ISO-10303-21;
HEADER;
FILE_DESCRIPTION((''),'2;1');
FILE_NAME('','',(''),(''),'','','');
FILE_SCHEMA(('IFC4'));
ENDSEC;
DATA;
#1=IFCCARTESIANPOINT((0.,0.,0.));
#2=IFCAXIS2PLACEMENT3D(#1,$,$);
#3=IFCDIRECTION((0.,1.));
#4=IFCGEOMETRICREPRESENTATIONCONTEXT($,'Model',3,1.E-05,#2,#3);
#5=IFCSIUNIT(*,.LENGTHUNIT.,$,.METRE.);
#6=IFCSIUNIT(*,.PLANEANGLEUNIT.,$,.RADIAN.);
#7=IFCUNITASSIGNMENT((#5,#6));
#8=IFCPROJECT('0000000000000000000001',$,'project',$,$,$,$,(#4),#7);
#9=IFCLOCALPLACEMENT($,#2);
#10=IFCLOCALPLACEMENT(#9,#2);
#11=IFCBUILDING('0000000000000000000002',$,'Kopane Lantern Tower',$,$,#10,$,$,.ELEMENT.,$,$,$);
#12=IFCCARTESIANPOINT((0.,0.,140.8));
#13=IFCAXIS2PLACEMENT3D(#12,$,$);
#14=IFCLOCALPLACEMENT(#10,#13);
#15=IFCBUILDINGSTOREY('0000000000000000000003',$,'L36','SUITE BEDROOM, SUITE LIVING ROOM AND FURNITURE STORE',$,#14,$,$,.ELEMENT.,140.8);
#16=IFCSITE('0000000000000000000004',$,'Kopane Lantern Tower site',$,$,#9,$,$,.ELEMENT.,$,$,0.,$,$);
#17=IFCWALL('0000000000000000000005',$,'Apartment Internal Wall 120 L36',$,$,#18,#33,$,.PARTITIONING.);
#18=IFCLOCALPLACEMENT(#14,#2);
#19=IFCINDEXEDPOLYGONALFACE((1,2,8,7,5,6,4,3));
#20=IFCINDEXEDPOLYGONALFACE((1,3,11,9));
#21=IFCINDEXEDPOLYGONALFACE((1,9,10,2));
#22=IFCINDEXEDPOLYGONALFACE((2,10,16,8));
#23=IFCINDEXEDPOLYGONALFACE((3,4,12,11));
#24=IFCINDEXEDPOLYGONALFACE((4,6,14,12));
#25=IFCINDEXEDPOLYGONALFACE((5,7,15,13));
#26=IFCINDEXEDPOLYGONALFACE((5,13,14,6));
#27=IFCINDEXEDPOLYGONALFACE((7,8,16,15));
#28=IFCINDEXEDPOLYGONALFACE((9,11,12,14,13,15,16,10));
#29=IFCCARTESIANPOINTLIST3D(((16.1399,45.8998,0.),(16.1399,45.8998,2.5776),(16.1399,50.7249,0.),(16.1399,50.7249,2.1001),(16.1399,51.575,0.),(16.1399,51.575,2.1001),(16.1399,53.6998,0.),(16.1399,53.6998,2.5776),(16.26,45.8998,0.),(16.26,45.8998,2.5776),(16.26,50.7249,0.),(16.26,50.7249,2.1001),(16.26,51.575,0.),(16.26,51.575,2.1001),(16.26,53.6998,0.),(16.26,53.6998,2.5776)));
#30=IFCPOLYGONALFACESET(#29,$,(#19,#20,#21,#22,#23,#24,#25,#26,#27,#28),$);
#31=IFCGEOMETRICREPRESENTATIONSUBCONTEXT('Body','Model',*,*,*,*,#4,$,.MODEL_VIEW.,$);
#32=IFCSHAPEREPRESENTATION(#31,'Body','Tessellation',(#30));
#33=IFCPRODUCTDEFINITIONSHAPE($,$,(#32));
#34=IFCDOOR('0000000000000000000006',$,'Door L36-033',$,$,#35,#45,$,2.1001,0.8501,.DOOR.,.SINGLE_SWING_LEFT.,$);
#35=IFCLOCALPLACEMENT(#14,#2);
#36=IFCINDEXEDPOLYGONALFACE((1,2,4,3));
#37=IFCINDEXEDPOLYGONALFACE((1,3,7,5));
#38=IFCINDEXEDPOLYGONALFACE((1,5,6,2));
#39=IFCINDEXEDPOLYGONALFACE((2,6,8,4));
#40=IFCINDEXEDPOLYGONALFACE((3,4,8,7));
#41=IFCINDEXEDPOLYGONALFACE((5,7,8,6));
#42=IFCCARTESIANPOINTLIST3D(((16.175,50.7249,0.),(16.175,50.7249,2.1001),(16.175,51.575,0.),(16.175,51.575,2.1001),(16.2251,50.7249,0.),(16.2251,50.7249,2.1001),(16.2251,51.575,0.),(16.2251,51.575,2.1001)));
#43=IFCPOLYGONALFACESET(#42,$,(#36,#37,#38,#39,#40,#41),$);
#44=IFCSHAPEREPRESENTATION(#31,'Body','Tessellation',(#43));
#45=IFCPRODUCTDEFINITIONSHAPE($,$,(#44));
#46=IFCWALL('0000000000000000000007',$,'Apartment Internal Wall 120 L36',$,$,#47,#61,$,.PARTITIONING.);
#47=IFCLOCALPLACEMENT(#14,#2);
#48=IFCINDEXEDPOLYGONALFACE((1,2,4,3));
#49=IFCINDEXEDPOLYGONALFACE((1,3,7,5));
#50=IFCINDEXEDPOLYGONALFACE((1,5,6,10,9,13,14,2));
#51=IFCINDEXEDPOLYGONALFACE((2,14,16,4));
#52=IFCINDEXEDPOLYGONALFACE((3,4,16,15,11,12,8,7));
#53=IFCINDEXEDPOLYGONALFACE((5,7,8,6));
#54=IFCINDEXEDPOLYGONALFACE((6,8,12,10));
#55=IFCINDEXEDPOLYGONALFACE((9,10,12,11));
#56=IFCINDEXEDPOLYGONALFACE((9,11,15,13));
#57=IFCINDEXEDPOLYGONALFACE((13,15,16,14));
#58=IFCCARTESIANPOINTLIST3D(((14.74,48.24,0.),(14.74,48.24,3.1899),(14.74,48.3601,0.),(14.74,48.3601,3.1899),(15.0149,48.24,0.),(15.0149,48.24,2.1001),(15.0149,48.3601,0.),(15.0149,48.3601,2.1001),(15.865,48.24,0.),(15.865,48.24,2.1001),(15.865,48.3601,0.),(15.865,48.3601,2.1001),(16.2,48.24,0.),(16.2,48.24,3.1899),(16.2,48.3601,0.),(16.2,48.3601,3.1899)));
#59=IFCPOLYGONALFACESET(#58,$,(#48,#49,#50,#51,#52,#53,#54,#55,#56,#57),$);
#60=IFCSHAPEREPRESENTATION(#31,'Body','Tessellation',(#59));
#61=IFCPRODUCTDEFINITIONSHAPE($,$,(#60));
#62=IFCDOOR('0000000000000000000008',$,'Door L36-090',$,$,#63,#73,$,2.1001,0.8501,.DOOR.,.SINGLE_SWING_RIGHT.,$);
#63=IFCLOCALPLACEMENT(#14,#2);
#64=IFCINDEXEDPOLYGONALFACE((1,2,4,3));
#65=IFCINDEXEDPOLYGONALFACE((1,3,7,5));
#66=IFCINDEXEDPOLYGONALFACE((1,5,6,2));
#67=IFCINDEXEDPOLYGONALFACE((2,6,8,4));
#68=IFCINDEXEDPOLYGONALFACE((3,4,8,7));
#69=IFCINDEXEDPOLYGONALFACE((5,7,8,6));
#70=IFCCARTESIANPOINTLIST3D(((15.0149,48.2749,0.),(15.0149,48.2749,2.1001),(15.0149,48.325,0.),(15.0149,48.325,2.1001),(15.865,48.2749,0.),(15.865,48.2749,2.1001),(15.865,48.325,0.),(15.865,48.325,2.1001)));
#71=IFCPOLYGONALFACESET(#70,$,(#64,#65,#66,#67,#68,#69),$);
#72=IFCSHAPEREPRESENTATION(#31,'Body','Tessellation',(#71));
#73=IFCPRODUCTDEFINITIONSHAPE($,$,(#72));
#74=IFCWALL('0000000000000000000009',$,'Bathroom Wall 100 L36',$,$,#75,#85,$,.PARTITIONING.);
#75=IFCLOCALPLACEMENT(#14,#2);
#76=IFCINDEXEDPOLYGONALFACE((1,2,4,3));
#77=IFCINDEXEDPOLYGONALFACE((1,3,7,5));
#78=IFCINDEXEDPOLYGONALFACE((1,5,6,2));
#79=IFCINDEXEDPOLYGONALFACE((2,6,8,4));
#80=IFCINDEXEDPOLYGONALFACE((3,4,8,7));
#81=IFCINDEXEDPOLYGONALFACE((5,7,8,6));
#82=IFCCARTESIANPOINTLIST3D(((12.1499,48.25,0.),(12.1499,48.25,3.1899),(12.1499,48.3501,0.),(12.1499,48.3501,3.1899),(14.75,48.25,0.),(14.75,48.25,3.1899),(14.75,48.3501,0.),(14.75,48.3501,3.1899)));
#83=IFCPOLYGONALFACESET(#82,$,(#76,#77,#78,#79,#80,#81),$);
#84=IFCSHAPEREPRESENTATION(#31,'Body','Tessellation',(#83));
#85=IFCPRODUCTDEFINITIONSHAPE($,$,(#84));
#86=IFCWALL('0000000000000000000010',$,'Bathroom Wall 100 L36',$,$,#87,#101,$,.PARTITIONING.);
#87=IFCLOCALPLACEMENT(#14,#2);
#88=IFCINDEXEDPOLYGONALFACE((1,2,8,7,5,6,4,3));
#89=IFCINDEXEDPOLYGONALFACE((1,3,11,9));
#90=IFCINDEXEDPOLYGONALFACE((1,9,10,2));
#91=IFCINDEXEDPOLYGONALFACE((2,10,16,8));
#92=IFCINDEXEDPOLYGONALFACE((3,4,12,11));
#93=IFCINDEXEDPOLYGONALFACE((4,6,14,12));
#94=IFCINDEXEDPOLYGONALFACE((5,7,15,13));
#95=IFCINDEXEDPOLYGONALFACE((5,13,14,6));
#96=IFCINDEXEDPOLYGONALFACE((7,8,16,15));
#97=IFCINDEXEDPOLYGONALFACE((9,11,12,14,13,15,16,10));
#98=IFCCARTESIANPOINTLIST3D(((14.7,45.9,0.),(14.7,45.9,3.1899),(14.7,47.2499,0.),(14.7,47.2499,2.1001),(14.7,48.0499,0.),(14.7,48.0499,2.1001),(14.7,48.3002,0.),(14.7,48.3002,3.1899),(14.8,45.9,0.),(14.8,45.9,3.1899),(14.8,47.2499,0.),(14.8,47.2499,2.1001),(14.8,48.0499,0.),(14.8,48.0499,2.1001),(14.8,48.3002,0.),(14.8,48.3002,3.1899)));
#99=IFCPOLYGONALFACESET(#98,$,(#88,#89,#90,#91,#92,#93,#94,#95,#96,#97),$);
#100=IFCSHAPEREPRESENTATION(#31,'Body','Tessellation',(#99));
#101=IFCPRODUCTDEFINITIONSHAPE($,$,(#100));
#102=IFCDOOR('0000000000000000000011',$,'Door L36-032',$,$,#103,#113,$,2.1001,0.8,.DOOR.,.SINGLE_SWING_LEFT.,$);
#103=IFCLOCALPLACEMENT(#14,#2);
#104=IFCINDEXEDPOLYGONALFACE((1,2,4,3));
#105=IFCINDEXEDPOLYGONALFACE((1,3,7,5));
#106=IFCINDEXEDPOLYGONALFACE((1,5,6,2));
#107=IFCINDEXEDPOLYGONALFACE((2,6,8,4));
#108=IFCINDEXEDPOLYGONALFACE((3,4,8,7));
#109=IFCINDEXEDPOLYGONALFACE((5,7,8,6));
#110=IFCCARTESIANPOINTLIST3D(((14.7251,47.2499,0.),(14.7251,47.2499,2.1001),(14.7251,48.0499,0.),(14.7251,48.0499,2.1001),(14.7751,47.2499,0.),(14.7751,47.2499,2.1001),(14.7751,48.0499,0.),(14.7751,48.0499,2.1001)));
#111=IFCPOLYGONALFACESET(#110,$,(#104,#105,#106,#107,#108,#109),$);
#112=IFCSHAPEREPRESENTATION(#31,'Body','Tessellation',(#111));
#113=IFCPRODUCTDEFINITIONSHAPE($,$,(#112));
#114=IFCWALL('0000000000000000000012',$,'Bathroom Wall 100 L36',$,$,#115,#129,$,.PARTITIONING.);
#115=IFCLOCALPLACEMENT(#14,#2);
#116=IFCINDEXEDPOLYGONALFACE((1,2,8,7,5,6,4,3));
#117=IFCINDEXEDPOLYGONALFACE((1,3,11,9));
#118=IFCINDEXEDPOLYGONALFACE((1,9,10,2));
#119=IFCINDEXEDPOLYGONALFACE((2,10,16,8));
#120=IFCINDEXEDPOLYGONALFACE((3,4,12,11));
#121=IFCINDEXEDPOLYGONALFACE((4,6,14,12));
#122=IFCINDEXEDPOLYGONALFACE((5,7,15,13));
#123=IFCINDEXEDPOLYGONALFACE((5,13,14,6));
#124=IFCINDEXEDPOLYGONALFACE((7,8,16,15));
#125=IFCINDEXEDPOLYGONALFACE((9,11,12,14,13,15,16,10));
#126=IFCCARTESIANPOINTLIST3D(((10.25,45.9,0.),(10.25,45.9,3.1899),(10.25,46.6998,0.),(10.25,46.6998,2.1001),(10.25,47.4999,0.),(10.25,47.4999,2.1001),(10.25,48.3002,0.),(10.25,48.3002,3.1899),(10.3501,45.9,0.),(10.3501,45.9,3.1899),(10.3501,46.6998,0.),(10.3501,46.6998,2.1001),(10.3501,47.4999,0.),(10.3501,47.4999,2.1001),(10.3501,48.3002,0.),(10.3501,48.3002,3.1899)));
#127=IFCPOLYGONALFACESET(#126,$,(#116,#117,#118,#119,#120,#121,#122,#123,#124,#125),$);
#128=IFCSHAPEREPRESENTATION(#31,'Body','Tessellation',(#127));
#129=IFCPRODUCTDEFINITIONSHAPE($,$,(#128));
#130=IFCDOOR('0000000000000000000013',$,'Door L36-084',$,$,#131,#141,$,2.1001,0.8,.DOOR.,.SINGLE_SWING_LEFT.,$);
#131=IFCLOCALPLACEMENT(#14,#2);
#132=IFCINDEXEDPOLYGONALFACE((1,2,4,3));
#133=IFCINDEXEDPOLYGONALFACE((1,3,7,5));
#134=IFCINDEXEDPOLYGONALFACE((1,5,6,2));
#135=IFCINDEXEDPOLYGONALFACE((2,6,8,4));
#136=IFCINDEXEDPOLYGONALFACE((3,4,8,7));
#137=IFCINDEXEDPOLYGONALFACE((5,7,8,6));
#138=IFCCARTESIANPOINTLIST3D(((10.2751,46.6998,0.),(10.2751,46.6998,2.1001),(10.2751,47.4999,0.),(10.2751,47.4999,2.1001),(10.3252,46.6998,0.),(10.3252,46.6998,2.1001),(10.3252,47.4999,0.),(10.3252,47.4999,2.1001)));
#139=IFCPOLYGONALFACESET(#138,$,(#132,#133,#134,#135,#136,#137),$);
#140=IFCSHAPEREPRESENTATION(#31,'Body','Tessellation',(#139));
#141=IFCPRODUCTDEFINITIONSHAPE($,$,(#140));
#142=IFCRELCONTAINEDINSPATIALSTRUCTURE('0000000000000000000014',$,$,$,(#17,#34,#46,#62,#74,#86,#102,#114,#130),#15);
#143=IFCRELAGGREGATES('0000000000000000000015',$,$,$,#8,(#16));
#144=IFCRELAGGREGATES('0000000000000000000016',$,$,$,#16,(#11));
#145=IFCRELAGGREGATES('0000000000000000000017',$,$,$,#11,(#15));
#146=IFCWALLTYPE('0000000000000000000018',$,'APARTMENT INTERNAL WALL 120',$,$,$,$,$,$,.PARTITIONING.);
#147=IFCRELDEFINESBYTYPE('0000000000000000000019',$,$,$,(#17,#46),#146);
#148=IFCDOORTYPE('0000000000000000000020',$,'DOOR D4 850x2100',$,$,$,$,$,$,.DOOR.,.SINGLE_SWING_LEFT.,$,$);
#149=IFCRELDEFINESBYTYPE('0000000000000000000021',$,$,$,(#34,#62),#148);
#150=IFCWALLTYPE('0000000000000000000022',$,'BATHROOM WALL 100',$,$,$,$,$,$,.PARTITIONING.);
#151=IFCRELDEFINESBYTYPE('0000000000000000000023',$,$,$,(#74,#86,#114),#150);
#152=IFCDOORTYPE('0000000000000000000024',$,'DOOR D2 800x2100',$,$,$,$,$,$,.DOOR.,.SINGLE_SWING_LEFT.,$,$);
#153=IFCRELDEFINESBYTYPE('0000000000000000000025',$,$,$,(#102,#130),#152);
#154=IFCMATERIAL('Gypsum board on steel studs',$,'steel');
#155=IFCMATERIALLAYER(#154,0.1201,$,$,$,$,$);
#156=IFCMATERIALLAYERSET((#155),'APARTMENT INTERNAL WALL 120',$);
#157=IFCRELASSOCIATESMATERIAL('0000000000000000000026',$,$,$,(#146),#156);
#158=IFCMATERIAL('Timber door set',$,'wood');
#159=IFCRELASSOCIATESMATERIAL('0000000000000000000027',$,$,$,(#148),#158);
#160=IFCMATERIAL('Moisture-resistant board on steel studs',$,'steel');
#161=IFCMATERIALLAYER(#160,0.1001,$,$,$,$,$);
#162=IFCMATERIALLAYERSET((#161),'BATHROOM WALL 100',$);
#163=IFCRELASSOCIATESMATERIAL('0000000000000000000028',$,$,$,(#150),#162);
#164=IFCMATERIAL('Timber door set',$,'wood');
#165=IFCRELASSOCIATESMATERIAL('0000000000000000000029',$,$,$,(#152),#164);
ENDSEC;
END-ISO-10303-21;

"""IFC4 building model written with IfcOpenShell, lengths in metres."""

from ifc_helpers import new_model, si_unit, direction, frame, frame_2d, origin, place, context, subcontext, project, spatial, rectangle, extrude, material, layer, layer_set, type_object, element, fill, save


model = new_model("IFC4")

# Units and contexts
model_context = context("Model", 3, precision=1e-05, world=origin(), true_north=direction((0.0, 1.0)))
body_context = subcontext(model_context, "Body", "Model", "MODEL_VIEW")
ifc_project = project(units=[si_unit("LENGTHUNIT", "METRE"), si_unit("PLANEANGLEUNIT", "RADIAN")], contexts=[model_context])

# Site, building, storey
site_placement = place(None, origin())
site = spatial("IfcSite", under=ifc_project, at=site_placement, Name="Kopane Lantern Tower site", CompositionType="ELEMENT", RefElevation=0.0)
building_placement = place(site_placement, origin())
building = spatial("IfcBuilding", under=site, at=building_placement, Name="Kopane Lantern Tower", CompositionType="ELEMENT")
storey_placement = place(building_placement, frame((0.0, 0.0, 140.8)))
storey = spatial("IfcBuildingStorey", under=building, at=storey_placement, Name="L36", Description="SUITE BEDROOM, SUITE LIVING ROOM AND FURNITURE STORE", CompositionType="ELEMENT", Elevation=140.8)

# Walls, openings, doors
ifc_material_1 = material(Name="Gypsum board on steel studs", Category="steel")
ifc_layer_1 = layer(ifc_material_1, 0.1201)
ifc_layer_set_1 = layer_set([ifc_layer_1], Name="APARTMENT INTERNAL WALL 120")
wall_type_1 = type_object("IfcWallType", Name="APARTMENT INTERNAL WALL 120", PredefinedType="PARTITIONING", material=ifc_layer_set_1)
wall_1_placement = place(storey_placement, frame((16.2, 45.8999, 0.0), z_axis=(0.0, 0.0, 1.0), x_axis=(0.0, 1.0, 0.0)))
wall_1 = element("IfcWall", 1, at=wall_1_placement, inside=storey, type_object=wall_type_1, Name="Apartment Internal Wall 120 L36", PredefinedType="PARTITIONING", context=body_context, shape_type="SweptSolid", body=[
    extrude(rectangle(XDim=7.8, YDim=0.1201, at=frame_2d((3.8999, 0.0))), origin(), (0.0, 0.0, 1.0), 2.5776),
])
opening_1_placement = place(wall_1_placement, frame((4.825, 0.0, 0.0)))
opening_1 = element("IfcOpeningElement", 2, at=opening_1_placement, cuts=wall_1, PredefinedType="OPENING", context=body_context, shape_type="SweptSolid", body=[
    extrude(rectangle(XDim=0.8501, YDim=2.1001, at=frame_2d((0.425, 1.05))), frame((0.0, 0.0701, 0.0), z_axis=(0.0, -1.0, 0.0), x_axis=(1.0, 0.0, 0.0)), (0.0, 0.0, 1.0), 0.1401),
])
ifc_material_2 = material(Name="Timber door set", Category="wood")
door_type_1 = type_object("IfcDoorType", Name="DOOR D4 850x2100", OperationType="SINGLE_SWING_LEFT", PredefinedType="DOOR", material=ifc_material_2)
door_1_placement = place(opening_1_placement, origin())
door_1 = element("IfcDoor", 3, at=door_1_placement, inside=storey, type_object=door_type_1, Name="Door L36-033", OperationType="SINGLE_SWING_LEFT", OverallHeight=2.1001, OverallWidth=0.8501, PredefinedType="DOOR", context=body_context, shape_type="SweptSolid", body=[
    extrude(rectangle(XDim=0.8501, YDim=2.1001, at=frame_2d((0.425, 1.05))), frame((0.0, 0.0249, 0.0), z_axis=(0.0, -1.0, 0.0), x_axis=(1.0, 0.0, 0.0)), (0.0, 0.0, 1.0), 0.05),
])
fill(opening_1, door_1)
wall_2_placement = place(storey_placement, frame((14.74, 48.3, 0.0), z_axis=(0.0, 0.0, 1.0), x_axis=(1.0, 0.0, 0.0)))
wall_2 = element("IfcWall", 4, at=wall_2_placement, inside=storey, type_object=wall_type_1, Name="Apartment Internal Wall 120 L36", PredefinedType="PARTITIONING", context=body_context, shape_type="SweptSolid", body=[
    extrude(rectangle(XDim=1.46, YDim=0.1201, at=frame_2d((0.73, 0.0))), origin(), (0.0, 0.0, 1.0), 3.1899),
])
opening_2_placement = place(wall_2_placement, frame((0.2749, 0.0, 0.0)))
opening_2 = element("IfcOpeningElement", 5, at=opening_2_placement, cuts=wall_2, PredefinedType="OPENING", context=body_context, shape_type="SweptSolid", body=[
    extrude(rectangle(XDim=0.8501, YDim=2.1001, at=frame_2d((0.425, 1.05))), frame((0.0, 0.0701, 0.0), z_axis=(0.0, -1.0, 0.0), x_axis=(1.0, 0.0, 0.0)), (0.0, 0.0, 1.0), 0.1401),
])
door_2_placement = place(opening_2_placement, origin())
door_2 = element("IfcDoor", 6, at=door_2_placement, inside=storey, type_object=door_type_1, Name="Door L36-090", OperationType="SINGLE_SWING_RIGHT", OverallHeight=2.1001, OverallWidth=0.8501, PredefinedType="DOOR", context=body_context, shape_type="SweptSolid", body=[
    extrude(rectangle(XDim=0.8501, YDim=2.1001, at=frame_2d((0.425, 1.05))), frame((0.0, 0.0249, 0.0), z_axis=(0.0, -1.0, 0.0), x_axis=(1.0, 0.0, 0.0)), (0.0, 0.0, 1.0), 0.05),
])
fill(opening_2, door_2)

# Wall
ifc_material_3 = material(Name="Moisture-resistant board on steel studs", Category="steel")
ifc_layer_2 = layer(ifc_material_3, 0.1001)
ifc_layer_set_2 = layer_set([ifc_layer_2], Name="BATHROOM WALL 100")
wall_type_2 = type_object("IfcWallType", Name="BATHROOM WALL 100", PredefinedType="PARTITIONING", material=ifc_layer_set_2)
wall_3_placement = place(storey_placement, frame((12.1499, 48.3, 0.0), z_axis=(0.0, 0.0, 1.0), x_axis=(1.0, 0.0, 0.0)))
element("IfcWall", 7, at=wall_3_placement, inside=storey, type_object=wall_type_2, Name="Bathroom Wall 100 L36", PredefinedType="PARTITIONING", context=body_context, shape_type="SweptSolid", body=[
    extrude(rectangle(XDim=2.6001, YDim=0.1001, at=frame_2d((1.3, 0.0))), origin(), (0.0, 0.0, 1.0), 3.1899),
])

# Walls, openings, doors
wall_4_placement = place(storey_placement, frame((14.75, 45.8999, 0.0), z_axis=(0.0, 0.0, 1.0), x_axis=(0.0, 1.0, 0.0)))
wall_4 = element("IfcWall", 8, at=wall_4_placement, inside=storey, type_object=wall_type_2, Name="Bathroom Wall 100 L36", PredefinedType="PARTITIONING", context=body_context, shape_type="SweptSolid", body=[
    extrude(rectangle(XDim=2.4001, YDim=0.1001, at=frame_2d((1.2002, 0.0))), origin(), (0.0, 0.0, 1.0), 3.1899),
])
opening_3_placement = place(wall_4_placement, frame((1.3501, 0.0, 0.0)))
opening_3 = element("IfcOpeningElement", 9, at=opening_3_placement, cuts=wall_4, PredefinedType="OPENING", context=body_context, shape_type="SweptSolid", body=[
    extrude(rectangle(XDim=0.8, YDim=2.1001, at=frame_2d((0.3999, 1.05))), frame((0.0, 0.0601, 0.0), z_axis=(0.0, -1.0, 0.0), x_axis=(1.0, 0.0, 0.0)), (0.0, 0.0, 1.0), 0.1201),
])
ifc_material_4 = material(Name="Timber door set", Category="wood")
door_type_2 = type_object("IfcDoorType", Name="DOOR D2 800x2100", OperationType="SINGLE_SWING_LEFT", PredefinedType="DOOR", material=ifc_material_4)
door_3_placement = place(opening_3_placement, origin())
door_3 = element("IfcDoor", 10, at=door_3_placement, inside=storey, type_object=door_type_2, Name="Door L36-032", OperationType="SINGLE_SWING_LEFT", OverallHeight=2.1001, OverallWidth=0.8, PredefinedType="DOOR", context=body_context, shape_type="SweptSolid", body=[
    extrude(rectangle(XDim=0.8, YDim=2.1001, at=frame_2d((0.3999, 1.05))), frame((0.0, 0.0249, 0.0), z_axis=(0.0, -1.0, 0.0), x_axis=(1.0, 0.0, 0.0)), (0.0, 0.0, 1.0), 0.05),
])
fill(opening_3, door_3)
wall_5_placement = place(storey_placement, frame((10.3, 45.8999, 0.0), z_axis=(0.0, 0.0, 1.0), x_axis=(0.0, 1.0, 0.0)))
wall_5 = element("IfcWall", 11, at=wall_5_placement, inside=storey, type_object=wall_type_2, Name="Bathroom Wall 100 L36", PredefinedType="PARTITIONING", context=body_context, shape_type="SweptSolid", body=[
    extrude(rectangle(XDim=2.4001, YDim=0.1001, at=frame_2d((1.2002, 0.0))), origin(), (0.0, 0.0, 1.0), 3.1899),
])
opening_4_placement = place(wall_5_placement, frame((0.8, 0.0, 0.0)))
opening_4 = element("IfcOpeningElement", 12, at=opening_4_placement, cuts=wall_5, PredefinedType="OPENING", context=body_context, shape_type="SweptSolid", body=[
    extrude(rectangle(XDim=0.8, YDim=2.1001, at=frame_2d((0.3999, 1.05))), frame((0.0, 0.0601, 0.0), z_axis=(0.0, -1.0, 0.0), x_axis=(1.0, 0.0, 0.0)), (0.0, 0.0, 1.0), 0.1201),
])
door_4_placement = place(opening_4_placement, origin())
door_4 = element("IfcDoor", 13, at=door_4_placement, inside=storey, type_object=door_type_2, Name="Door L36-084", OperationType="SINGLE_SWING_LEFT", OverallHeight=2.1001, OverallWidth=0.8, PredefinedType="DOOR", context=body_context, shape_type="SweptSolid", body=[
    extrude(rectangle(XDim=0.8, YDim=2.1001, at=frame_2d((0.3999, 1.05))), frame((0.0, 0.0249, 0.0), z_axis=(0.0, -1.0, 0.0), x_axis=(1.0, 0.0, 0.0)), (0.0, 0.0, 1.0), 0.05),
])
fill(opening_4, door_4)

save(model, "model.ifc")
